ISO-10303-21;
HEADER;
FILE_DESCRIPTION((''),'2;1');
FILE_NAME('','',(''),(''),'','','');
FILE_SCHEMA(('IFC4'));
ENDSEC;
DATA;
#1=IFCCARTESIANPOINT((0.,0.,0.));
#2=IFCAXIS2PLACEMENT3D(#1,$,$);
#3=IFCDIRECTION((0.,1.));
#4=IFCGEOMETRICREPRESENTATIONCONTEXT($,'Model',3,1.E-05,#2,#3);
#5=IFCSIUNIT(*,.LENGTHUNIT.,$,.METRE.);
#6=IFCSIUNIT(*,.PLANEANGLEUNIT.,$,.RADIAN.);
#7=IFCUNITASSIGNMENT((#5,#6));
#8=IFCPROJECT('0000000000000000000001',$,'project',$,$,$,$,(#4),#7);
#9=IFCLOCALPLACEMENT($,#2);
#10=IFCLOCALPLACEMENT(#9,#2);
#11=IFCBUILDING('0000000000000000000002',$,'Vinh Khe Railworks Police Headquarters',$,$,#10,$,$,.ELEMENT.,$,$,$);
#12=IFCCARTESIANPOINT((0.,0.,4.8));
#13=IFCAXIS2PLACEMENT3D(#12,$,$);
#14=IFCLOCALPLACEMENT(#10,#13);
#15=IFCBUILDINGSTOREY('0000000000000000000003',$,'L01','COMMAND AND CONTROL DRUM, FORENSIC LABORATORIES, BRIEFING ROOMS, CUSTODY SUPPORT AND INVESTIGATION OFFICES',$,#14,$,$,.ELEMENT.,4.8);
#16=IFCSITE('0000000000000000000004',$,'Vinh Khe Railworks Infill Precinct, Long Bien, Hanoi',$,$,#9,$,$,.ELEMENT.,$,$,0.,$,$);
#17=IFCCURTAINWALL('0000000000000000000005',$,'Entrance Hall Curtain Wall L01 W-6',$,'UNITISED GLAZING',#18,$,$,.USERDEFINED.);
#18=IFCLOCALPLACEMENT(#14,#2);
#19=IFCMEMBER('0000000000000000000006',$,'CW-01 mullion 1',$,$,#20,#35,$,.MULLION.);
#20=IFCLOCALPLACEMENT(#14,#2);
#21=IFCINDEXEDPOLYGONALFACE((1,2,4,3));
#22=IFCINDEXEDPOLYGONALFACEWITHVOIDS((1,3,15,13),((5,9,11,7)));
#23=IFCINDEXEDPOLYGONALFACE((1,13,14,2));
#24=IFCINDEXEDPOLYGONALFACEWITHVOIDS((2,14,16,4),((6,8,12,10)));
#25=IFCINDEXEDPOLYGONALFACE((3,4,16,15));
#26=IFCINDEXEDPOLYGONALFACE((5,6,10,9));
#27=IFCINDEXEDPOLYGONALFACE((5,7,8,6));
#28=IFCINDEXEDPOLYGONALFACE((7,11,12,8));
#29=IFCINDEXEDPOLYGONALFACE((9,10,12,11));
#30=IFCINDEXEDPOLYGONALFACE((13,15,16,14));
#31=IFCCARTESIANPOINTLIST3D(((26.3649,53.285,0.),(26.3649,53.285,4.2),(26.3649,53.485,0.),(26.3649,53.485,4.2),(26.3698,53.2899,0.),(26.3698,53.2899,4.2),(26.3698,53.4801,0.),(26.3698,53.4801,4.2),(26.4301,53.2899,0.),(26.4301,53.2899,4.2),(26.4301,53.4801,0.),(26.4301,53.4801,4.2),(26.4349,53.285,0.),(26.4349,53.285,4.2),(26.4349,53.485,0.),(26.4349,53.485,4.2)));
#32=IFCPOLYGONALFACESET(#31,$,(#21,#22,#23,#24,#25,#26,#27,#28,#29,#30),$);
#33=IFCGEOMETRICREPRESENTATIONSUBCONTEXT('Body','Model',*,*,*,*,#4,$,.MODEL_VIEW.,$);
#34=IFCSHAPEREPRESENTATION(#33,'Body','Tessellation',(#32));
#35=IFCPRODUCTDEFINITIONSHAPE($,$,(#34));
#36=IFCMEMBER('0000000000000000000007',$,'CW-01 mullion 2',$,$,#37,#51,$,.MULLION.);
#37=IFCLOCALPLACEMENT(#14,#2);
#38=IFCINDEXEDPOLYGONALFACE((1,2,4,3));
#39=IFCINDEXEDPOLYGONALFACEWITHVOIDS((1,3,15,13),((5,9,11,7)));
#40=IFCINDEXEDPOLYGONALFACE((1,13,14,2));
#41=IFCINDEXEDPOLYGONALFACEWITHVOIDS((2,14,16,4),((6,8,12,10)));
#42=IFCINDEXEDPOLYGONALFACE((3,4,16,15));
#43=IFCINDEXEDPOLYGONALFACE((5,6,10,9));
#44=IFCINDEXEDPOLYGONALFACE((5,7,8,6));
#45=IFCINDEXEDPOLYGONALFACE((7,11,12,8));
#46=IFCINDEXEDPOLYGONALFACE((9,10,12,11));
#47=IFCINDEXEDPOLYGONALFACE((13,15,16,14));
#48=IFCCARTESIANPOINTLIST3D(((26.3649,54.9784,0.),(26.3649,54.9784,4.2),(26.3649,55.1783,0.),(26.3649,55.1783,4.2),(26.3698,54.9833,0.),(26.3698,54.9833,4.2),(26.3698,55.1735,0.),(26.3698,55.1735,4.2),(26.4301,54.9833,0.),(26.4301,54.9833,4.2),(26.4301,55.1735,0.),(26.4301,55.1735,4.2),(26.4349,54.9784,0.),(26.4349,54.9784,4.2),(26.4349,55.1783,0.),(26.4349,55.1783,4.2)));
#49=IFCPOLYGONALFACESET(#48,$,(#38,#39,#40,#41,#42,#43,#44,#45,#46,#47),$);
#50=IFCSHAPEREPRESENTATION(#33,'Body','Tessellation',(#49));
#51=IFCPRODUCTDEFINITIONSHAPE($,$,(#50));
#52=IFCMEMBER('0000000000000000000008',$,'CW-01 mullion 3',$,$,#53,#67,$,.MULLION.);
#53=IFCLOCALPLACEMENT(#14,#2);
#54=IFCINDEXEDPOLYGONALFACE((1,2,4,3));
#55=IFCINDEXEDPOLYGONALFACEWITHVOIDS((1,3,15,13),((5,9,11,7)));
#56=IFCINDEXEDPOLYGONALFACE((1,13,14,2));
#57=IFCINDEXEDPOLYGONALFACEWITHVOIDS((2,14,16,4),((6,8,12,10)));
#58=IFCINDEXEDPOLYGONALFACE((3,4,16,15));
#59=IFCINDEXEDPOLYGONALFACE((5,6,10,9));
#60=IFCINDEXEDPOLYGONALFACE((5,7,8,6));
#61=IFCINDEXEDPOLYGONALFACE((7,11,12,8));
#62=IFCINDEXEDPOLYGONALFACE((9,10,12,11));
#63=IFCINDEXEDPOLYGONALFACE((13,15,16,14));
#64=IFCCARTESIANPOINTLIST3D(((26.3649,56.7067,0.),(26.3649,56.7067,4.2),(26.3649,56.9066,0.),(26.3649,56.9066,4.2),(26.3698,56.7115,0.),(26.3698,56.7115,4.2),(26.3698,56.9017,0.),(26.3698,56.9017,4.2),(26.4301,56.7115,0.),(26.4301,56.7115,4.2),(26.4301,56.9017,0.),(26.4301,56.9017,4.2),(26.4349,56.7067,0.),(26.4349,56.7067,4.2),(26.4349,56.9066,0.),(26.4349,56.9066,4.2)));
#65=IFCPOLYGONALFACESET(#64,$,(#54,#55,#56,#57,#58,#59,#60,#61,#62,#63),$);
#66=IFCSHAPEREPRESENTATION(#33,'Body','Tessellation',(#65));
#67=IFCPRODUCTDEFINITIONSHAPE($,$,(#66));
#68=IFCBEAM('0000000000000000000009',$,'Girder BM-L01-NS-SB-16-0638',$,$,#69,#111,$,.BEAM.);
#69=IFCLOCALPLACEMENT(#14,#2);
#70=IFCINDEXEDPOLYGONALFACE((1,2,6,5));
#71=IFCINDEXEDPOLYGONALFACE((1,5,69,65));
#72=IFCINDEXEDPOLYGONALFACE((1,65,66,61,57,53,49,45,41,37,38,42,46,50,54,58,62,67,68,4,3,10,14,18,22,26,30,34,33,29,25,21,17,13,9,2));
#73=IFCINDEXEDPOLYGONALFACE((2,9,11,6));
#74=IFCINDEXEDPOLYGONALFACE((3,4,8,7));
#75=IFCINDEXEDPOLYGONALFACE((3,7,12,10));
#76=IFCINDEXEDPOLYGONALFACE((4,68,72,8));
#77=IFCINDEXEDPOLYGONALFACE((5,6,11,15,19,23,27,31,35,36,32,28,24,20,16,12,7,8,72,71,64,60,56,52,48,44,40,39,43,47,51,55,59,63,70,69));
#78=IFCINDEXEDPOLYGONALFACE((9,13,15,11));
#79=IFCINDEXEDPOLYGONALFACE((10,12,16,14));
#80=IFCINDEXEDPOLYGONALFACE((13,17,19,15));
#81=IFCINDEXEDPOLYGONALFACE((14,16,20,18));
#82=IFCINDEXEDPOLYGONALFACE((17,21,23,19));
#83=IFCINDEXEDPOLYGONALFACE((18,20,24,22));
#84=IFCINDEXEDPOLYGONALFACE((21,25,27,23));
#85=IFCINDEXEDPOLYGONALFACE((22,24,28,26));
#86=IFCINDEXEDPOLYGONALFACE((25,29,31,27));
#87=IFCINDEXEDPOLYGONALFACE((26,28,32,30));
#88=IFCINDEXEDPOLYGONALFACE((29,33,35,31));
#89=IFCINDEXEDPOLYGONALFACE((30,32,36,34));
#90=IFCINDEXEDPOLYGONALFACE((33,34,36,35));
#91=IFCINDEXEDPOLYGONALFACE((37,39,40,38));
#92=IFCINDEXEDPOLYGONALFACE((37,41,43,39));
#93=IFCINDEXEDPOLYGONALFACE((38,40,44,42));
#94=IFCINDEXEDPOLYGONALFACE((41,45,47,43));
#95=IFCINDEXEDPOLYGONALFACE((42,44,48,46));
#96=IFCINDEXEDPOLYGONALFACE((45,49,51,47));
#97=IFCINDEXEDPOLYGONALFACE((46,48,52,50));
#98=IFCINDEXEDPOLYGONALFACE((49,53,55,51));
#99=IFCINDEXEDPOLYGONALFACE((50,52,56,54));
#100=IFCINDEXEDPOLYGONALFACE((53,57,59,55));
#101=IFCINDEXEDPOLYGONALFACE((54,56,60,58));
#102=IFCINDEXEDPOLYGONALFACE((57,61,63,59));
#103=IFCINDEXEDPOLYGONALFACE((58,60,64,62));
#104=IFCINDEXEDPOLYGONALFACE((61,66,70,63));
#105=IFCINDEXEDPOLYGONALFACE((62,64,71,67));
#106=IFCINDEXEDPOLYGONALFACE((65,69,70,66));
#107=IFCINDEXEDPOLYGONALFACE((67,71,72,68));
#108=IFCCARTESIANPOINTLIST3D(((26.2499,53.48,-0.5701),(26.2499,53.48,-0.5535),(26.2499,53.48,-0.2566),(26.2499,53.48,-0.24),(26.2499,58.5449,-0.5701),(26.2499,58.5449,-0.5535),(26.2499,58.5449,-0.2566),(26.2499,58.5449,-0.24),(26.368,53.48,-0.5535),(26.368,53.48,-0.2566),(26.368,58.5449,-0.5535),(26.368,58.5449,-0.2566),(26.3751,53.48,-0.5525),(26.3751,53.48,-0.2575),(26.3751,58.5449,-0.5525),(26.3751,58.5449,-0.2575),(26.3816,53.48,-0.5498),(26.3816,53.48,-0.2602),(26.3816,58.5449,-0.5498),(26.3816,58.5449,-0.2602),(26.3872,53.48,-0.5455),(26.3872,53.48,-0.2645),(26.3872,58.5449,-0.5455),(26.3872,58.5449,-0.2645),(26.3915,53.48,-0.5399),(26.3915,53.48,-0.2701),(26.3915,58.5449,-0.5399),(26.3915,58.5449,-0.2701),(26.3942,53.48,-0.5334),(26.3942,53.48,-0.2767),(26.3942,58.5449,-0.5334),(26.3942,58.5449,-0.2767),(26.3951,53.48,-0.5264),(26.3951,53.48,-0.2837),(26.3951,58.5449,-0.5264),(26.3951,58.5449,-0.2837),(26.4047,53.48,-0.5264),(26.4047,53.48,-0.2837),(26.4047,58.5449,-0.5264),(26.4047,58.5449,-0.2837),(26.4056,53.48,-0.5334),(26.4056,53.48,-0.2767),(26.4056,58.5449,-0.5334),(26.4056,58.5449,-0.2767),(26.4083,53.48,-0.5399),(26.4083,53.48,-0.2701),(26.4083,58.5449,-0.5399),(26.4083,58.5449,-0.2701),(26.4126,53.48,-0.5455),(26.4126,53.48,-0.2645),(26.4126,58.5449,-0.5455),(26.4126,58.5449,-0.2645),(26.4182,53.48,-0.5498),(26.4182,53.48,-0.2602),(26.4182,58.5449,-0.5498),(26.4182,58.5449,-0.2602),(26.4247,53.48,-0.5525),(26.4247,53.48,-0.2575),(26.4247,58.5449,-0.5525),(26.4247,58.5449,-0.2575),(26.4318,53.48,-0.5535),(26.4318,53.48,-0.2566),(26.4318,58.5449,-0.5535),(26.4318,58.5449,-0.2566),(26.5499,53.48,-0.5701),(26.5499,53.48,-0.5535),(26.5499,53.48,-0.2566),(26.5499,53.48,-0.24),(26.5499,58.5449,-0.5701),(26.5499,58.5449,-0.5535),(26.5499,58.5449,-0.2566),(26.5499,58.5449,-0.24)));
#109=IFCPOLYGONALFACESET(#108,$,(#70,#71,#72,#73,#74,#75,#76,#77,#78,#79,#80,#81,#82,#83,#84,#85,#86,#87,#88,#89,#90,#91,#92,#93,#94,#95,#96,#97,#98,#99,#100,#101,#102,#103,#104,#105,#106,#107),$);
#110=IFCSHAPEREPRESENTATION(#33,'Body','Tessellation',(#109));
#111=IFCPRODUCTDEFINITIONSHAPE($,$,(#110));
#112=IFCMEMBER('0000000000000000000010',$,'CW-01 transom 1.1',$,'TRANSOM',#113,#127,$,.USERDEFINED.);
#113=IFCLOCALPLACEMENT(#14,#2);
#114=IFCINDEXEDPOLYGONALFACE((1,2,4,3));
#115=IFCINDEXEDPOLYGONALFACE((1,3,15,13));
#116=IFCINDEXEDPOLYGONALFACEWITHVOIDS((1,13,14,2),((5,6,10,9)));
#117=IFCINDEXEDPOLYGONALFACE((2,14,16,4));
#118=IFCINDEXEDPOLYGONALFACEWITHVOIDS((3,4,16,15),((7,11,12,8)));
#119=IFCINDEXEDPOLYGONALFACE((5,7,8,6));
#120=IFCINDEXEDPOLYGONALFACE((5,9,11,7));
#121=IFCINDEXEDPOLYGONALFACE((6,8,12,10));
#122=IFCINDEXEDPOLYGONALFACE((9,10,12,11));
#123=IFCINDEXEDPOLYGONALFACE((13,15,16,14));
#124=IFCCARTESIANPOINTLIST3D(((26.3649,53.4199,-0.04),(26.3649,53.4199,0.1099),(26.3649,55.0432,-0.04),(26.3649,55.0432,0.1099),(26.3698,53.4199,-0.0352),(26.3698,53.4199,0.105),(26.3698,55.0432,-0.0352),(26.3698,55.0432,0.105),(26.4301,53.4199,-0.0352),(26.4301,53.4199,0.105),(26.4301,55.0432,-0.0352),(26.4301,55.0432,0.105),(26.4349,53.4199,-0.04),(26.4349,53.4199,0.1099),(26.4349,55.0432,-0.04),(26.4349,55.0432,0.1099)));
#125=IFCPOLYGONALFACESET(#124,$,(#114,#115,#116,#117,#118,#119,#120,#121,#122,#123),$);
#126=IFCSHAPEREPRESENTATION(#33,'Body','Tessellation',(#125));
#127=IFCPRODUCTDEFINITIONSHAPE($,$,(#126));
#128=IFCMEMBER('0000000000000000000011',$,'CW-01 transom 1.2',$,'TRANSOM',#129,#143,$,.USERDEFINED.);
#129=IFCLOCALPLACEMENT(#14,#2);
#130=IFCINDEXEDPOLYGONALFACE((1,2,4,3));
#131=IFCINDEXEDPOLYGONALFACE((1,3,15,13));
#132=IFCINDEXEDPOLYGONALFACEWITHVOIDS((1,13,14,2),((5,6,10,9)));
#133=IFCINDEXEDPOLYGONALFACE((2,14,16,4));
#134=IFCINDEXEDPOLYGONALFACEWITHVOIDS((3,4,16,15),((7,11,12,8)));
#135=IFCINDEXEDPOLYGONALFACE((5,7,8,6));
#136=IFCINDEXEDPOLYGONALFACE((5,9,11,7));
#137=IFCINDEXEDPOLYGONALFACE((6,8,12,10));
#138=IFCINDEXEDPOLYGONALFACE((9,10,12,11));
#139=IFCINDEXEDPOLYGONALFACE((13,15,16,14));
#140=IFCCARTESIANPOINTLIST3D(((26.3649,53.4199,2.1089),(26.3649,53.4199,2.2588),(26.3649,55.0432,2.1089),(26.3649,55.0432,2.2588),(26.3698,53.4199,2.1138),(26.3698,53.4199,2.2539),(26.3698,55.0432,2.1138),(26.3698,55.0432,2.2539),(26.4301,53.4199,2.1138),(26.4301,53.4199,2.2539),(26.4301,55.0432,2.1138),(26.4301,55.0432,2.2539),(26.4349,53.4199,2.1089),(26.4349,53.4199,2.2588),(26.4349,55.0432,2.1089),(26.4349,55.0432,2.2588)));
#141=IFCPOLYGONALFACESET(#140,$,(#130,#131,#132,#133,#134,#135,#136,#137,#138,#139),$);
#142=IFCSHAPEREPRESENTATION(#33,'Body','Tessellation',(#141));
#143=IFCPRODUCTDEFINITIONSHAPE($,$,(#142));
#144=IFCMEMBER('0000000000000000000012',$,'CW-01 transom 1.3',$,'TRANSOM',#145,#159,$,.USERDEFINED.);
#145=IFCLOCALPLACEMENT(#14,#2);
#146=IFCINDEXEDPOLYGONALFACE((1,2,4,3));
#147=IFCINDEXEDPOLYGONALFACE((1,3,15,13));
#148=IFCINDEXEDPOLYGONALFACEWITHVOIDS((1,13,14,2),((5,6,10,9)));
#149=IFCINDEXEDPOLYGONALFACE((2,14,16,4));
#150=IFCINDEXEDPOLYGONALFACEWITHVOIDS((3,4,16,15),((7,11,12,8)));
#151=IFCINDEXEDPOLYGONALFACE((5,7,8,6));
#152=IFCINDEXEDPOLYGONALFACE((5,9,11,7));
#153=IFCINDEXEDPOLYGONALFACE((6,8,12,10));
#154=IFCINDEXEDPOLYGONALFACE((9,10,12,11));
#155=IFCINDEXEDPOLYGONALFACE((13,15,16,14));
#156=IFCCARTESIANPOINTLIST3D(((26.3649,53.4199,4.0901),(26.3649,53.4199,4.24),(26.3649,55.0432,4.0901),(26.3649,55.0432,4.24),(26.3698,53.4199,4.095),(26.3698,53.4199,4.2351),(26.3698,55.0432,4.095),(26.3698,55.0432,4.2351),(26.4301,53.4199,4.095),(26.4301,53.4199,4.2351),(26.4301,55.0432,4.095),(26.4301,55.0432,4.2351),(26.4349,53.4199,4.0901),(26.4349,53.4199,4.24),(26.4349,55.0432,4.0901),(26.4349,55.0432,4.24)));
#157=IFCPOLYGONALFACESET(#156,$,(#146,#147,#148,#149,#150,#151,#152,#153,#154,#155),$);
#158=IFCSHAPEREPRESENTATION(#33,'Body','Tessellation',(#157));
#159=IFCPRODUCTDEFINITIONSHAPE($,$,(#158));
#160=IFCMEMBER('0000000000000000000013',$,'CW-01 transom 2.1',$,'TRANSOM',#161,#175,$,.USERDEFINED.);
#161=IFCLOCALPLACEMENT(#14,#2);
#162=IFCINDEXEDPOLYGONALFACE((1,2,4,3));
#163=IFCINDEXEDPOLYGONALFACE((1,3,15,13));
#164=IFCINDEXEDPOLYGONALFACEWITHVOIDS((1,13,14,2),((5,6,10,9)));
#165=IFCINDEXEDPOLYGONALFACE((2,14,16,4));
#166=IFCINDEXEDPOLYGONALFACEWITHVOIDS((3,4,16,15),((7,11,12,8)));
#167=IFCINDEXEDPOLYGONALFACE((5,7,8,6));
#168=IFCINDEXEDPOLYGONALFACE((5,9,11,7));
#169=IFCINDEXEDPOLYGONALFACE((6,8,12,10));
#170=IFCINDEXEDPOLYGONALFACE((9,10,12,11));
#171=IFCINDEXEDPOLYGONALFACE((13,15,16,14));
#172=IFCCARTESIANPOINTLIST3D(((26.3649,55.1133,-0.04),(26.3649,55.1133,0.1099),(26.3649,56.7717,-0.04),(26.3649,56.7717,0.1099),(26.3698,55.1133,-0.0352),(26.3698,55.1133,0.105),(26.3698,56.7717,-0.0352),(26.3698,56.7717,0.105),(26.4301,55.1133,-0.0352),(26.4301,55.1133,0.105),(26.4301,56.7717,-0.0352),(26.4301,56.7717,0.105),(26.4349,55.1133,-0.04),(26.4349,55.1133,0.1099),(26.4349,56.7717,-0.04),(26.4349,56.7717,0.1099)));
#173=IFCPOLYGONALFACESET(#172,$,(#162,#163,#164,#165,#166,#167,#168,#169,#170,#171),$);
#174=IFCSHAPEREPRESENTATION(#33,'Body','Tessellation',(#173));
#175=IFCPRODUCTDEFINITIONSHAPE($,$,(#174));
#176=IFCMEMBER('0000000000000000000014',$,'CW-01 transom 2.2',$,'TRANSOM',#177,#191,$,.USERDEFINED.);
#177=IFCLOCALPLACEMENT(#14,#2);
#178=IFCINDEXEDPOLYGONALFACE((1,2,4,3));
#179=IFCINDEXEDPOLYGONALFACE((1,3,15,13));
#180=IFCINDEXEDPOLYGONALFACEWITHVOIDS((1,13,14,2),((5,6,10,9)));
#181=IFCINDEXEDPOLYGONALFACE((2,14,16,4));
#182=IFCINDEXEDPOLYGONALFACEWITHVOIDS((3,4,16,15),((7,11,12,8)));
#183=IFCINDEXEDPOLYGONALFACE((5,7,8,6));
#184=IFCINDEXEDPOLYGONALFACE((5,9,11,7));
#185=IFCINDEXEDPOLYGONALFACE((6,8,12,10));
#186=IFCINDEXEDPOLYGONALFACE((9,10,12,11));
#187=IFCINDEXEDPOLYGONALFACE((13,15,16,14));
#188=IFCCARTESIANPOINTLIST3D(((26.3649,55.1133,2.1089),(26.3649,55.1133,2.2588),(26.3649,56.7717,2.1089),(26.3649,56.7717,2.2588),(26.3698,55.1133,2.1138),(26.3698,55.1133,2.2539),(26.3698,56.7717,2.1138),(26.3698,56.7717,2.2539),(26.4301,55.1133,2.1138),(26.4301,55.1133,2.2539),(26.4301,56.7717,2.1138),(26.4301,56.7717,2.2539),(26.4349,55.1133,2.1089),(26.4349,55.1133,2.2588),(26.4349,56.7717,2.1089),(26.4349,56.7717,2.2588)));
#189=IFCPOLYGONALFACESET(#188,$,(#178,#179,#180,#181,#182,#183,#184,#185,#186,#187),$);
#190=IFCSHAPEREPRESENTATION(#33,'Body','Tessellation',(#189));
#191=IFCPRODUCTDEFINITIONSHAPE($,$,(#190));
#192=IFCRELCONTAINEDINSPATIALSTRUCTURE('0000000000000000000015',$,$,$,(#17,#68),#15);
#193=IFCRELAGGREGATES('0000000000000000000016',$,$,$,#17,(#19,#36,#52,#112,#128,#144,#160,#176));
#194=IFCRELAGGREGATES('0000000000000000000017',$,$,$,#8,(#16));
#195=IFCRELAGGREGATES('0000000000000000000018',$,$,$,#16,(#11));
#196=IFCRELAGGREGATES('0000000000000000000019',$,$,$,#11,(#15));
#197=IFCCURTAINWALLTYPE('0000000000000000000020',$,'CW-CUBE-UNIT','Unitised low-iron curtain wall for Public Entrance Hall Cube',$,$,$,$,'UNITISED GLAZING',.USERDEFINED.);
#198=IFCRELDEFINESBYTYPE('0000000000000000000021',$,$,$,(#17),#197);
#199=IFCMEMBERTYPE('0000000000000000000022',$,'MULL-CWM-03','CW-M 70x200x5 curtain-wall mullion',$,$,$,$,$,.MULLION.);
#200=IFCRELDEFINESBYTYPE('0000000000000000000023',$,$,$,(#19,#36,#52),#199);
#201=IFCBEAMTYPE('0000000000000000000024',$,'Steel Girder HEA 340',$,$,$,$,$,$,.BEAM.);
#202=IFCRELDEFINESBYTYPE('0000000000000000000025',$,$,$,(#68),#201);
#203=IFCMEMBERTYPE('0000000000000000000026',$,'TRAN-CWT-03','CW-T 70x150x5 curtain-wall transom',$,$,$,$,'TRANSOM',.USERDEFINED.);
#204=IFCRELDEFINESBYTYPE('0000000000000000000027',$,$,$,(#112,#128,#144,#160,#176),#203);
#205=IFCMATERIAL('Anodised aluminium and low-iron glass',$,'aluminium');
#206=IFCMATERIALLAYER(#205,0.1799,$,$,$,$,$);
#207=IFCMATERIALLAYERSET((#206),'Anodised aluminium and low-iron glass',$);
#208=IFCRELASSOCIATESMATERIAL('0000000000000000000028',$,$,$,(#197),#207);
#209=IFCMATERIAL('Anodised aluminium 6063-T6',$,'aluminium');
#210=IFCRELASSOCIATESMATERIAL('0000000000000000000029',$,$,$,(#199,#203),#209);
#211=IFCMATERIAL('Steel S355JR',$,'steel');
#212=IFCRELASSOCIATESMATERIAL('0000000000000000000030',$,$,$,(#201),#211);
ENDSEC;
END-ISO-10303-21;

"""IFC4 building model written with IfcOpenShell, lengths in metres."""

from ifc_helpers import new_model, si_unit, direction, frame, origin, origin_2d, place, context, subcontext, project, spatial, hollow_rectangle, i_section, extrude, material, layer, layer_set, material_profile, profile_set, type_object, element, aggregate, save


model = new_model("IFC4")

# Units and contexts
model_context = context("Model", 3, precision=1e-05, world=origin(), true_north=direction((0.0, 1.0)))
body_context = subcontext(model_context, "Body", "Model", "MODEL_VIEW")
ifc_project = project(units=[si_unit("LENGTHUNIT", "METRE"), si_unit("PLANEANGLEUNIT", "RADIAN")], contexts=[model_context])

# Site, building, storey
site_placement = place(None, origin())
site = spatial("IfcSite", under=ifc_project, at=site_placement, Name="Vinh Khe Railworks Infill Precinct, Long Bien, Hanoi", CompositionType="ELEMENT", RefElevation=0.0)
building_placement = place(site_placement, origin())
building = spatial("IfcBuilding", under=site, at=building_placement, Name="Vinh Khe Railworks Police Headquarters", CompositionType="ELEMENT")
storey_placement = place(building_placement, frame((0.0, 0.0, 4.8)))
storey = spatial("IfcBuildingStorey", under=building, at=storey_placement, Name="L01", Description="COMMAND AND CONTROL DRUM, FORENSIC LABORATORIES, BRIEFING ROOMS, CUSTODY SUPPORT AND INVESTIGATION OFFICES", CompositionType="ELEMENT", Elevation=4.8)

# Curtain wall, members
ifc_material_1 = material(Name="Anodised aluminium and low-iron glass", Category="aluminium")
ifc_layer_1 = layer(ifc_material_1, 0.1799)
ifc_layer_set_1 = layer_set([ifc_layer_1], Name="Anodised aluminium and low-iron glass")
curtain_wall_type = type_object("IfcCurtainWallType", Name="CW-CUBE-UNIT", Description="Unitised low-iron curtain wall for Public Entrance Hall Cube", ElementType="UNITISED GLAZING", PredefinedType="USERDEFINED", material=ifc_layer_set_1)
curtain_wall_placement = place(storey_placement, origin())
curtain_wall = element("IfcCurtainWall", 1, at=curtain_wall_placement, inside=storey, type_object=curtain_wall_type, Name="Entrance Hall Curtain Wall L01 W-6", ObjectType="UNITISED GLAZING", PredefinedType="USERDEFINED")
ifc_material_2 = material(Name="Anodised aluminium 6063-T6", Category="aluminium")
ifc_material_profile_1 = material_profile(ifc_material_2, hollow_rectangle(XDim=0.0701, YDim=0.2, WallThickness=0.0049, at=origin_2d()), Name="CW-M 70x200x5")
ifc_profile_set_1 = profile_set([ifc_material_profile_1], Name="Anodised aluminium 6063-T6")
member_type_1 = type_object("IfcMemberType", Name="MULL-CWM-03", Description="CW-M 70x200x5 curtain-wall mullion", PredefinedType="MULLION", material=ifc_profile_set_1)
member_1_placement = place(storey_placement, frame((26.3999, 53.385, 0.0), z_axis=(0.0, 0.0, 1.0), x_axis=(-1.0, 0.0, 0.0)))
member_1 = element("IfcMember", 2, at=member_1_placement, type_object=member_type_1, Name="CW-01 mullion 1", PredefinedType="MULLION", context=body_context, shape_type="SweptSolid", body=[
    extrude(hollow_rectangle(XDim=0.0701, YDim=0.2, WallThickness=0.0049, at=origin_2d()), origin(), (0.0, 0.0, 1.0), 4.2),
])
member_2_placement = place(storey_placement, frame((26.3999, 55.0784, 0.0), z_axis=(0.0, 0.0, 1.0), x_axis=(-1.0, 0.0, 0.0)))
member_2 = element("IfcMember", 3, at=member_2_placement, type_object=member_type_1, Name="CW-01 mullion 2", PredefinedType="MULLION", context=body_context, shape_type="SweptSolid", body=[
    extrude(hollow_rectangle(XDim=0.0701, YDim=0.2, WallThickness=0.0049, at=origin_2d()), origin(), (0.0, 0.0, 1.0), 4.2),
])
member_3_placement = place(storey_placement, frame((26.3999, 56.8066, 0.0), z_axis=(0.0, 0.0, 1.0), x_axis=(-1.0, 0.0, 0.0)))
member_3 = element("IfcMember", 4, at=member_3_placement, type_object=member_type_1, Name="CW-01 mullion 3", PredefinedType="MULLION", context=body_context, shape_type="SweptSolid", body=[
    extrude(hollow_rectangle(XDim=0.0701, YDim=0.2, WallThickness=0.0049, at=origin_2d()), origin(), (0.0, 0.0, 1.0), 4.2),
])

# Beam
ifc_material_3 = material(Name="Steel S355JR", Category="steel")
ifc_material_profile_2 = material_profile(ifc_material_3, i_section(OverallWidth=0.3, OverallDepth=0.3301, WebThickness=0.0095, FlangeThickness=0.0166, FilletRadius=0.0271, at=origin_2d()), Name="HEA 340")
ifc_profile_set_2 = profile_set([ifc_material_profile_2], Name="Steel S355JR")
beam_type = type_object("IfcBeamType", Name="Steel Girder HEA 340", PredefinedType="BEAM", material=ifc_profile_set_2)
beam_placement = place(storey_placement, frame((26.3999, 53.48, -0.405), z_axis=(0.0, 1.0, 0.0), x_axis=(-1.0, 0.0, 0.0)))
element("IfcBeam", 5, at=beam_placement, inside=storey, type_object=beam_type, Name="Girder BM-L01-NS-SB-16-0638", PredefinedType="BEAM", context=body_context, shape_type="SweptSolid", body=[
    extrude(i_section(OverallWidth=0.3, OverallDepth=0.3301, WebThickness=0.0095, FlangeThickness=0.0166, FilletRadius=0.0271, at=origin_2d()), origin(), (0.0, 0.0, 1.0), 5.0649),
])

# Members
ifc_material_profile_3 = material_profile(ifc_material_2, hollow_rectangle(XDim=0.0701, YDim=0.1499, WallThickness=0.0049, at=origin_2d()), Name="CW-T 70x150x5")
ifc_profile_set_3 = profile_set([ifc_material_profile_3], Name="Anodised aluminium 6063-T6")
member_type_2 = type_object("IfcMemberType", Name="TRAN-CWT-03", Description="CW-T 70x150x5 curtain-wall transom", ElementType="TRANSOM", PredefinedType="USERDEFINED", material=ifc_profile_set_3)
member_4_placement = place(storey_placement, frame((26.3999, 53.4199, 0.0349), z_axis=(0.0, 1.0, 0.0), x_axis=(-1.0, 0.0, 0.0)))
member_4 = element("IfcMember", 6, at=member_4_placement, type_object=member_type_2, Name="CW-01 transom 1.1", ObjectType="TRANSOM", PredefinedType="USERDEFINED", context=body_context, shape_type="SweptSolid", body=[
    extrude(hollow_rectangle(XDim=0.0701, YDim=0.1499, WallThickness=0.0049, at=origin_2d()), origin(), (0.0, 0.0, 1.0), 1.6233),
])
member_5_placement = place(storey_placement, frame((26.3999, 53.4199, 2.1838), z_axis=(0.0, 1.0, 0.0), x_axis=(-1.0, 0.0, 0.0)))
member_5 = element("IfcMember", 7, at=member_5_placement, type_object=member_type_2, Name="CW-01 transom 1.2", ObjectType="TRANSOM", PredefinedType="USERDEFINED", context=body_context, shape_type="SweptSolid", body=[
    extrude(hollow_rectangle(XDim=0.0701, YDim=0.1499, WallThickness=0.0049, at=origin_2d()), origin(), (0.0, 0.0, 1.0), 1.6233),
])
member_6_placement = place(storey_placement, frame((26.3999, 53.4199, 4.165), z_axis=(0.0, 1.0, 0.0), x_axis=(-1.0, 0.0, 0.0)))
member_6 = element("IfcMember", 8, at=member_6_placement, type_object=member_type_2, Name="CW-01 transom 1.3", ObjectType="TRANSOM", PredefinedType="USERDEFINED", context=body_context, shape_type="SweptSolid", body=[
    extrude(hollow_rectangle(XDim=0.0701, YDim=0.1499, WallThickness=0.0049, at=origin_2d()), origin(), (0.0, 0.0, 1.0), 1.6233),
])
member_7_placement = place(storey_placement, frame((26.3999, 55.1133, 0.0349), z_axis=(0.0, 1.0, 0.0), x_axis=(-1.0, 0.0, 0.0)))
member_7 = element("IfcMember", 9, at=member_7_placement, type_object=member_type_2, Name="CW-01 transom 2.1", ObjectType="TRANSOM", PredefinedType="USERDEFINED", context=body_context, shape_type="SweptSolid", body=[
    extrude(hollow_rectangle(XDim=0.0701, YDim=0.1499, WallThickness=0.0049, at=origin_2d()), origin(), (0.0, 0.0, 1.0), 1.6584),
])
member_8_placement = place(storey_placement, frame((26.3999, 55.1133, 2.1838), z_axis=(0.0, 1.0, 0.0), x_axis=(-1.0, 0.0, 0.0)))
member_8 = element("IfcMember", 10, at=member_8_placement, type_object=member_type_2, Name="CW-01 transom 2.2", ObjectType="TRANSOM", PredefinedType="USERDEFINED", context=body_context, shape_type="SweptSolid", body=[
    extrude(hollow_rectangle(XDim=0.0701, YDim=0.1499, WallThickness=0.0049, at=origin_2d()), origin(), (0.0, 0.0, 1.0), 1.6584),
])

aggregate(curtain_wall, [member_1, member_2, member_3, member_4, member_5, member_6, member_7, member_8])

save(model, "model.ifc")
